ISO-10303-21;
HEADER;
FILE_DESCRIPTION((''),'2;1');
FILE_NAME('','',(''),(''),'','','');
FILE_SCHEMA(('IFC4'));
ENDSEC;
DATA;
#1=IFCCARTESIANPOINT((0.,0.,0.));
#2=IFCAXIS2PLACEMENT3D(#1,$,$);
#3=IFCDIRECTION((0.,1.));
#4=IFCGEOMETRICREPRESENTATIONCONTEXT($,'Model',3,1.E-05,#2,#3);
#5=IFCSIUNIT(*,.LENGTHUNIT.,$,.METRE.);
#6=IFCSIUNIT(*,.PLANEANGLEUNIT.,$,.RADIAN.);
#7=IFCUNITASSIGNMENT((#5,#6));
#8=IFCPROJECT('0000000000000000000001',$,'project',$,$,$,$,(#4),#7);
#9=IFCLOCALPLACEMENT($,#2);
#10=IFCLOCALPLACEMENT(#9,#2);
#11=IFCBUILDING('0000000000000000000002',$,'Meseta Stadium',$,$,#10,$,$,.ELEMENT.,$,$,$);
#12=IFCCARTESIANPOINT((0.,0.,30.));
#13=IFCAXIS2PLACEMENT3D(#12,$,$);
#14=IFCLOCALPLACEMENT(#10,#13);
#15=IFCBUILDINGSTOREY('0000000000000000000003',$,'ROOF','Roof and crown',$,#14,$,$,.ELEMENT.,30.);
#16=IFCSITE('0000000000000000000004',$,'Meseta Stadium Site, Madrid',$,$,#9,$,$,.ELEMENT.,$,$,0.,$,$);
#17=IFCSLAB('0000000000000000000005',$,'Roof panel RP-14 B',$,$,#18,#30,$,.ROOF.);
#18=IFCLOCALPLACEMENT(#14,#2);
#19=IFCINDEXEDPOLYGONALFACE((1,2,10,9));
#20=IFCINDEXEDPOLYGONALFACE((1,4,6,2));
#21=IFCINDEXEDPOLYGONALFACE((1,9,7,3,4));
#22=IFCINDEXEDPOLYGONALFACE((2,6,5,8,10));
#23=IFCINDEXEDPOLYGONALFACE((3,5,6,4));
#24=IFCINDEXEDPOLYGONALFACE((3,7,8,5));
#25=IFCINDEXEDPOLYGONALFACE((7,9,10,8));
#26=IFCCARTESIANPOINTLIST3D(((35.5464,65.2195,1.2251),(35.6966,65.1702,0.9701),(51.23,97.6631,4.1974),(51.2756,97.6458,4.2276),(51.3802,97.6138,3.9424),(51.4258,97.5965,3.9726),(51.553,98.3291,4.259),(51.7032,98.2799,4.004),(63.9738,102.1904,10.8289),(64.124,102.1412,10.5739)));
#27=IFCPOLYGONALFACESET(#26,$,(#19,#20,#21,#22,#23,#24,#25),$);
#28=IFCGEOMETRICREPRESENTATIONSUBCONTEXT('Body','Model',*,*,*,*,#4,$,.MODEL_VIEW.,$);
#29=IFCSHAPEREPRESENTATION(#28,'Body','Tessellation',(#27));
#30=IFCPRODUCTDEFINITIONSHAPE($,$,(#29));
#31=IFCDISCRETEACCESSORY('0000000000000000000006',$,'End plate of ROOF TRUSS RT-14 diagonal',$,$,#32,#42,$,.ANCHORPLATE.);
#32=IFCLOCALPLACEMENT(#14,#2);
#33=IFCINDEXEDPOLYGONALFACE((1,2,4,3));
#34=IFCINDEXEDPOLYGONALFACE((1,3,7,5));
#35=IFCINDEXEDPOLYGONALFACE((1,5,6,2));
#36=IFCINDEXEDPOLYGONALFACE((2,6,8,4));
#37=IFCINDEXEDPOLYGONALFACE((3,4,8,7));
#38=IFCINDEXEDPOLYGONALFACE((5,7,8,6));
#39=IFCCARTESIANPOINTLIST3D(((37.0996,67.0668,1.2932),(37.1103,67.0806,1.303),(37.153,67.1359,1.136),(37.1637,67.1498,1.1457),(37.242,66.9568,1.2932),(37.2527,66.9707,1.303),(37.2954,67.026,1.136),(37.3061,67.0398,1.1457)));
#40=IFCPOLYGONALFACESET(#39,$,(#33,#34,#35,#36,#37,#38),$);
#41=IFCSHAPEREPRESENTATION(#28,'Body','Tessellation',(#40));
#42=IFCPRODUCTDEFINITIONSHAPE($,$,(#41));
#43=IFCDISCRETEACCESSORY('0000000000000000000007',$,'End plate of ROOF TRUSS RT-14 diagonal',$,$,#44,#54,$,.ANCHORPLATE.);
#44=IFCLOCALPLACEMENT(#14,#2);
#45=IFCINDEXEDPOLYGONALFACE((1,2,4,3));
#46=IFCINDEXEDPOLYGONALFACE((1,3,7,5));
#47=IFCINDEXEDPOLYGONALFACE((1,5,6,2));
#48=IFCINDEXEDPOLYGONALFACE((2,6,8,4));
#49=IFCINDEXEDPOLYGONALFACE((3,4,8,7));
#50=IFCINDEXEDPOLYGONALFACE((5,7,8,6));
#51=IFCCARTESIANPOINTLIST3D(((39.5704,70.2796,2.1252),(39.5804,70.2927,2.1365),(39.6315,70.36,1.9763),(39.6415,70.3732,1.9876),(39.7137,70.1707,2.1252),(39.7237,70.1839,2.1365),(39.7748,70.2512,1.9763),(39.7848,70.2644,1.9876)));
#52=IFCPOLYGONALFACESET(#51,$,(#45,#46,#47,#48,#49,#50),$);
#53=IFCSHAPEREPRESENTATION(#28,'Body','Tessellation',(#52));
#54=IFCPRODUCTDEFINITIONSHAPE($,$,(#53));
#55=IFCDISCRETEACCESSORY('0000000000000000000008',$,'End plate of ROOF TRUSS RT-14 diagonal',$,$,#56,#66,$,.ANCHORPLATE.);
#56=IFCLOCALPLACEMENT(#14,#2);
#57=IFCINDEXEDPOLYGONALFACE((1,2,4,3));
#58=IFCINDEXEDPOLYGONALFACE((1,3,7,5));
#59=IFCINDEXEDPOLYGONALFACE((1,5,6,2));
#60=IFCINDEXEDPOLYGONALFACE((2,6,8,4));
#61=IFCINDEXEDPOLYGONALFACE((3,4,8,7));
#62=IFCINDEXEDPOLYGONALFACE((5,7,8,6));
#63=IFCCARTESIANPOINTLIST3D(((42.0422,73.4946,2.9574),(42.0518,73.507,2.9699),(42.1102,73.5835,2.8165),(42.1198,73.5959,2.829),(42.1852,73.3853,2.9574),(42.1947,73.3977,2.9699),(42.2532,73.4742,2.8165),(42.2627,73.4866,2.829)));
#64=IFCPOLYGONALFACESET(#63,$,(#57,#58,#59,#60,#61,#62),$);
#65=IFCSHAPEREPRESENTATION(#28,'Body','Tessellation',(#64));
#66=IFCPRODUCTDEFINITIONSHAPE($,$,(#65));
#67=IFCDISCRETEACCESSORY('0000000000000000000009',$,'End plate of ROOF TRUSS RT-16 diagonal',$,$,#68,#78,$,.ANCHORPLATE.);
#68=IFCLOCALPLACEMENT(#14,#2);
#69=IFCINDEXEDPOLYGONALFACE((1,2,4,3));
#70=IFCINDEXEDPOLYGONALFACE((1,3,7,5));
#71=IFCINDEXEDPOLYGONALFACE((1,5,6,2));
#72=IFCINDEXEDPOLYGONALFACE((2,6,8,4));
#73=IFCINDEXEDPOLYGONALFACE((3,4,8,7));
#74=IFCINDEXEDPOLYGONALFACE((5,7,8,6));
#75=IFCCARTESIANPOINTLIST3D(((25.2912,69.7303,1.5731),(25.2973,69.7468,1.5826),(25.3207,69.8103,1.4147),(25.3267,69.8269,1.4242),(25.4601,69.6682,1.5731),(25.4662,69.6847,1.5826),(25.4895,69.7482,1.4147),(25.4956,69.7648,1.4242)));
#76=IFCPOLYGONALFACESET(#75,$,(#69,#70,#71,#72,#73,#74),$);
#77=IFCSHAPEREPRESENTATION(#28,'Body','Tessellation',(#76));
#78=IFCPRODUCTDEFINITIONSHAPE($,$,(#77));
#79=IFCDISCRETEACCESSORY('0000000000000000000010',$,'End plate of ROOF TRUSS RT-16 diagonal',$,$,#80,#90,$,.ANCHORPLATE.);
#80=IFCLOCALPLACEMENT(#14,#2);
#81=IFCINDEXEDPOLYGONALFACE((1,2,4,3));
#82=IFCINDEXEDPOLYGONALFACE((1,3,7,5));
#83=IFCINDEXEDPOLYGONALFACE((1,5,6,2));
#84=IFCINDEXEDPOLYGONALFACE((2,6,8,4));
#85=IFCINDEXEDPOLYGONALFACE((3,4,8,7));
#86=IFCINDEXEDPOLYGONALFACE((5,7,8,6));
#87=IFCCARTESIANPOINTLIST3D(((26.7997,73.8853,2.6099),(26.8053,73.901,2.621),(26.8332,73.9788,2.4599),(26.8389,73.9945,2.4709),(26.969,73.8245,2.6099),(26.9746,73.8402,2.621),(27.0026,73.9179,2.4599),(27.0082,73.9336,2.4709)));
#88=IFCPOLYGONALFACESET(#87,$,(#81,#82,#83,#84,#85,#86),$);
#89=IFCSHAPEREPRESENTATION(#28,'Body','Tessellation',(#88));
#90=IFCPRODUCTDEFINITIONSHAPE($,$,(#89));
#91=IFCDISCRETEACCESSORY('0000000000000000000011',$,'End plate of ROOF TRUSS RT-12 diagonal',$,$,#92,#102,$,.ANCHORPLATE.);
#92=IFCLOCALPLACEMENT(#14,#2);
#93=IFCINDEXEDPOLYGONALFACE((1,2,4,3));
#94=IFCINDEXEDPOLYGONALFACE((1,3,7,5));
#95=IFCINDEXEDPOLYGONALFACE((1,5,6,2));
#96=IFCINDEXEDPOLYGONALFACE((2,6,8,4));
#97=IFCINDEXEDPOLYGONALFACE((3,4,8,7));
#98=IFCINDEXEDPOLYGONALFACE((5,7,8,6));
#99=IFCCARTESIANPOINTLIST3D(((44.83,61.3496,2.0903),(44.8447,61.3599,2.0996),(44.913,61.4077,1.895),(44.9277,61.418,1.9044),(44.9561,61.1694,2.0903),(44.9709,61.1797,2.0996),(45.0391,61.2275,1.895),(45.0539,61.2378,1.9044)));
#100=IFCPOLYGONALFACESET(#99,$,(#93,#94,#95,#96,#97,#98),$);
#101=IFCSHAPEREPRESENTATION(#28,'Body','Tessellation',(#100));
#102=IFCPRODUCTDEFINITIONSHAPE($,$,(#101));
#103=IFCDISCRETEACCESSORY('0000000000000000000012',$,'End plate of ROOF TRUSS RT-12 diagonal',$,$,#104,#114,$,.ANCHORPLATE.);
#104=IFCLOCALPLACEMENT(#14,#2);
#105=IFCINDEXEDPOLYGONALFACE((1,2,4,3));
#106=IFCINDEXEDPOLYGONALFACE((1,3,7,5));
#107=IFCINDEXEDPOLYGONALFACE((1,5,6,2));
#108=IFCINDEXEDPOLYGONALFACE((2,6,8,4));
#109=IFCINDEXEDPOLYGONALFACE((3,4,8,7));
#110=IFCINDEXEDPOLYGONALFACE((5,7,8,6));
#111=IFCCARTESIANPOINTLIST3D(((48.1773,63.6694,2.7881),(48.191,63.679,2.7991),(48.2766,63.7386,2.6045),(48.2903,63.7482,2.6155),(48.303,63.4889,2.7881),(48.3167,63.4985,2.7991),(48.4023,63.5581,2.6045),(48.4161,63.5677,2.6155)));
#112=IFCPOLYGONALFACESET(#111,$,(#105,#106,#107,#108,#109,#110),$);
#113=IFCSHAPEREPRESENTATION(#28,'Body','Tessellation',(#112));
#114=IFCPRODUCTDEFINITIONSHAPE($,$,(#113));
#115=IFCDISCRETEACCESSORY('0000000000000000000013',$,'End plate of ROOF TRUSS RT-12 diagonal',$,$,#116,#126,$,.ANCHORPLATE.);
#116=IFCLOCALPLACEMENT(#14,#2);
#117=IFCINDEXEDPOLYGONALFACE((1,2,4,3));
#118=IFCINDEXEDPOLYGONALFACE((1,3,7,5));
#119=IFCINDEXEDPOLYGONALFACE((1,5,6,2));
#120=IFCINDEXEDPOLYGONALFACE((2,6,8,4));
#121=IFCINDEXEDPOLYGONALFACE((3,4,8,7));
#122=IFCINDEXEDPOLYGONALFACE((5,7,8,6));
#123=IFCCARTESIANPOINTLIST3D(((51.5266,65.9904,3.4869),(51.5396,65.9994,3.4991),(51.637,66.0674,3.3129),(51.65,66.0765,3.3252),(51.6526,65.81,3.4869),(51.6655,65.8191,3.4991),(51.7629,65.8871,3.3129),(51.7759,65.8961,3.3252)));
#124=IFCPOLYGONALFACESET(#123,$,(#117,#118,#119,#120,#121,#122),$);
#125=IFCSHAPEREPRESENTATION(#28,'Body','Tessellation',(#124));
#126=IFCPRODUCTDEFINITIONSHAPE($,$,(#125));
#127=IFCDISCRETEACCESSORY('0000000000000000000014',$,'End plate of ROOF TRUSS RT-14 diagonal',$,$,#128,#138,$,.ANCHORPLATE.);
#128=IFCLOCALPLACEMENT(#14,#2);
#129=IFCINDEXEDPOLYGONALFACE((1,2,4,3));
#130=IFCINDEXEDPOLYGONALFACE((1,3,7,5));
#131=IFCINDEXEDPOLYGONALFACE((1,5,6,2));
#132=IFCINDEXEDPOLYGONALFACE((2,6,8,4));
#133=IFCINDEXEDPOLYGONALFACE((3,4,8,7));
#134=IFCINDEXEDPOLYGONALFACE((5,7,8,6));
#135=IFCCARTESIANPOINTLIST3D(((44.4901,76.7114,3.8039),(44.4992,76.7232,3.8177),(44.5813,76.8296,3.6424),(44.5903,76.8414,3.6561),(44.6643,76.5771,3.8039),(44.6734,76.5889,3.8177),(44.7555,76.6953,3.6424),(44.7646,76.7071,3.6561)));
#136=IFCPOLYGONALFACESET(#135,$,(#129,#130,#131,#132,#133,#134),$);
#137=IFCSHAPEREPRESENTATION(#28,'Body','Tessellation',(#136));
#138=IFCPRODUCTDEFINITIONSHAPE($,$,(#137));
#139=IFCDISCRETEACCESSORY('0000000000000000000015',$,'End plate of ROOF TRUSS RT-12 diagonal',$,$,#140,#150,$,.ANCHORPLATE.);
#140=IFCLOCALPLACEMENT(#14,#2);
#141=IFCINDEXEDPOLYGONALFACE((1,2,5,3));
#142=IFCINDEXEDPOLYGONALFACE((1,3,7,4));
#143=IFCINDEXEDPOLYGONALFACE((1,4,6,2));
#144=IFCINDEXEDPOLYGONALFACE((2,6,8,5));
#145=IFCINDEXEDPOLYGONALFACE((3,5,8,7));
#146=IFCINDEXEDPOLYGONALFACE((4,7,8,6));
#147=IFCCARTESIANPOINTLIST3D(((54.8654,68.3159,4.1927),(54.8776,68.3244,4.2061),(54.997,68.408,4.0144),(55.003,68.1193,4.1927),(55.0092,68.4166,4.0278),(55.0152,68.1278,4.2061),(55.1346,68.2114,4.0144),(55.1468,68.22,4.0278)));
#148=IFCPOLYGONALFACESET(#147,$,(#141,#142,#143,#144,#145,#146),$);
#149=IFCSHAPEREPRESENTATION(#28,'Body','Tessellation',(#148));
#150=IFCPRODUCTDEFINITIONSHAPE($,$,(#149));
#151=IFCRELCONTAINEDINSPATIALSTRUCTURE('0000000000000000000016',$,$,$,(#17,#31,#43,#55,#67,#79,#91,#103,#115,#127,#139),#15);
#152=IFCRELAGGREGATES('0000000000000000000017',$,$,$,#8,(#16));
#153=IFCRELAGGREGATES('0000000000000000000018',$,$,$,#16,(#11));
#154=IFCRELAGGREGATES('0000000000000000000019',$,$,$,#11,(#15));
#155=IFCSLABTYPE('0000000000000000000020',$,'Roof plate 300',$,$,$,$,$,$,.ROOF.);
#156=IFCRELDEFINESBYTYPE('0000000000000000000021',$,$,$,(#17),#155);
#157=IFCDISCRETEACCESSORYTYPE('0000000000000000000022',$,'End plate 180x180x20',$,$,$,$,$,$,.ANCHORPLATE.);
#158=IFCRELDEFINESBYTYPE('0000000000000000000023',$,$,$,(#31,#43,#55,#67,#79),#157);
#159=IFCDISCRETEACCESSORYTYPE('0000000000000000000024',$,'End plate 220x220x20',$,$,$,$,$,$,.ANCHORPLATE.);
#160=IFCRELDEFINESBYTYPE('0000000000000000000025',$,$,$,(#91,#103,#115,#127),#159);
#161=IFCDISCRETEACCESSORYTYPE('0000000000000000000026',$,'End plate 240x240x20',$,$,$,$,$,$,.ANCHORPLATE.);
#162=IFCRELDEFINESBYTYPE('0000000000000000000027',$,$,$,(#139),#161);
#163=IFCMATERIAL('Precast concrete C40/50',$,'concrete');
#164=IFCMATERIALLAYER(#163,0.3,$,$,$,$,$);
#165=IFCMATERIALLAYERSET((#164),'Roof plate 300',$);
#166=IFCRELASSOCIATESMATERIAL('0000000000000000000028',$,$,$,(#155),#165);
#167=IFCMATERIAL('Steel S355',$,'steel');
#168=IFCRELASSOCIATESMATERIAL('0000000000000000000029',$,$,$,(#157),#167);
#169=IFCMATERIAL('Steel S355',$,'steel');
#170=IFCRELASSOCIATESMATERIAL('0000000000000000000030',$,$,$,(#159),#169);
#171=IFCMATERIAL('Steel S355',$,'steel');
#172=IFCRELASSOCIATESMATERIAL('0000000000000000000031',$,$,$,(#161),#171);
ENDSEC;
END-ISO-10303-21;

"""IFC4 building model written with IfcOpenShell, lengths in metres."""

from ifc_helpers import new_model, si_unit, direction, frame, origin, origin_2d, place, context, subcontext, project, spatial, polyline, rectangle, outline, extrude, material, layer, layer_set, material_profile, profile_set, type_object, element, save


model = new_model("IFC4")

# Units and contexts
model_context = context("Model", 3, precision=1e-05, world=origin(), true_north=direction((0.0, 1.0)))
body_context = subcontext(model_context, "Body", "Model", "MODEL_VIEW")
ifc_project = project(units=[si_unit("LENGTHUNIT", "METRE"), si_unit("PLANEANGLEUNIT", "RADIAN")], contexts=[model_context])

# Site, building, storey
site_placement = place(None, origin())
site = spatial("IfcSite", under=ifc_project, at=site_placement, Name="Meseta Stadium Site, Madrid", CompositionType="ELEMENT", RefElevation=0.0)
building_placement = place(site_placement, origin())
building = spatial("IfcBuilding", under=site, at=building_placement, Name="Meseta Stadium", CompositionType="ELEMENT")
storey_placement = place(building_placement, frame((0.0, 0.0, 30.0)))
storey = spatial("IfcBuildingStorey", under=building, at=storey_placement, Name="ROOF", Description="Roof and crown", CompositionType="ELEMENT", Elevation=30.0)

# Slab
ifc_material_1 = material(Name="Precast concrete C40/50", Category="concrete")
ifc_layer = layer(ifc_material_1, 0.3)
ifc_layer_set = layer_set([ifc_layer], Name="Roof plate 300")
slab_type = type_object("IfcSlabType", Name="Roof plate 300", PredefinedType="ROOF", material=ifc_layer_set)
slab_1_placement = place(storey_placement, frame((35.5464, 65.2195, 1.2251), z_axis=(-0.500609, 0.16413, 0.849972), x_axis=(0.597025, 0.776453, 0.201697)))
element("IfcSlab", 1, at=slab_1_placement, inside=storey, type_object=slab_type, Name="Roof panel RP-14 B", PredefinedType="ROOF", context=body_context, shape_type="SweptSolid", body=[
    extrude(outline(polyline([(0.0, 0.0), (47.6152, 0.0), (35.8763, 8.6343), (35.154, 8.4615), (35.1738, 8.4077), (0.0, 0.0)])), origin(), (0.0, 0.0, -1.0), 0.3),
])

# Discrete accessories
ifc_material_2 = material(Name="Steel S355", Category="steel")
ifc_material_profile_1 = material_profile(ifc_material_2, rectangle(XDim=0.1799, YDim=0.1799, at=origin_2d()), Name="PL 180x180")
ifc_profile_set_1 = profile_set([ifc_material_profile_1], Name="Steel S355")
discrete_accessory_type_1 = type_object("IfcDiscreteAccessoryType", Name="End plate 180x180x20", PredefinedType="ANCHORPLATE", material=ifc_profile_set_1)
for number, where, z_axis, x_axis, name in (
    (2, (37.1975, 67.0464, 1.2146), (0.534168, 0.69199, 0.485607), (-0.79159, 0.611052, 0.0), "End plate of ROOF TRUSS RT-14 diagonal"),
    (3, (39.6726, 70.2654, 2.0508), (0.500409, 0.659076, 0.561435), (-0.796446, 0.604709, 0.0), "End plate of ROOF TRUSS RT-14 diagonal"),
    (4, (42.1477, 73.4844, 2.887), (0.475645, 0.621997, 0.621997), (-0.794358, 0.60745, 0.0), "End plate of ROOF TRUSS RT-14 diagonal"),
    (5, (25.3904, 69.7393, 1.4939), (0.303841, 0.826446, 0.473991), (-0.938579, 0.345066, 0.0), "End plate of ROOF TRUSS RT-16 diagonal"),
    (6, (26.9011, 73.9016, 2.5349), (0.282044, 0.784818, 0.551825), (-0.941075, 0.338199, 0.0), "End plate of ROOF TRUSS RT-16 diagonal"),
):
    element("IfcDiscreteAccessory", number, at=place(storey_placement, frame(where, z_axis=z_axis, x_axis=x_axis)), inside=storey, type_object=discrete_accessory_type_1, Name=name, PredefinedType="ANCHORPLATE", context=body_context, shape_type="SweptSolid", body=[
        extrude(rectangle(XDim=0.1799, YDim=0.1799, at=origin_2d()), origin(), (0.0, 0.0, 1.0), 0.02),
    ])
ifc_material_3 = material(Name="Steel S355", Category="steel")
ifc_material_profile_2 = material_profile(ifc_material_3, rectangle(XDim=0.22, YDim=0.22, at=origin_2d()), Name="PL 220x220")
ifc_profile_set_2 = profile_set([ifc_material_profile_2], Name="Steel S355")
discrete_accessory_type_2 = type_object("IfcDiscreteAccessoryType", Name="End plate 220x220x20", PredefinedType="ANCHORPLATE", material=ifc_profile_set_2)
discrete_accessory_1_placement = place(storey_placement, frame((44.9346, 61.2886, 1.9927), z_axis=(0.727179, 0.509025, 0.460547), x_axis=(-0.573462, 0.819232, 0.0)))
element("IfcDiscreteAccessory", 7, at=discrete_accessory_1_placement, inside=storey, type_object=discrete_accessory_type_2, Name="End plate of ROOF TRUSS RT-12 diagonal", PredefinedType="ANCHORPLATE", context=body_context, shape_type="SweptSolid", body=[
    extrude(rectangle(XDim=0.22, YDim=0.22, at=origin_2d()), origin(), (0.0, 0.0, 1.0), 0.0203),
])
for number, where, z_axis, x_axis, name in (
    (8, (48.2898, 63.6138, 2.6963), (0.68507, 0.477102, 0.550502), (-0.571494, 0.820606, 0.0), "End plate of ROOF TRUSS RT-12 diagonal"),
    (9, (51.6448, 65.9387, 3.3999), (0.648564, 0.452771, 0.611853), (-0.572424, 0.819958, 0.0), "End plate of ROOF TRUSS RT-12 diagonal"),
):
    element("IfcDiscreteAccessory", number, at=place(storey_placement, frame(where, z_axis=z_axis, x_axis=x_axis)), inside=storey, type_object=discrete_accessory_type_2, Name=name, PredefinedType="ANCHORPLATE", context=body_context, shape_type="SweptSolid", body=[
        extrude(rectangle(XDim=0.22, YDim=0.22, at=origin_2d()), origin(), (0.0, 0.0, 1.0), 0.02),
    ])
discrete_accessory_2_placement = place(storey_placement, frame((44.6228, 76.7034, 3.7231), z_axis=(0.448394, 0.581701, 0.678651), x_axis=(-0.79201, 0.610508, 0.0)))
element("IfcDiscreteAccessory", 10, at=discrete_accessory_2_placement, inside=storey, type_object=discrete_accessory_type_2, Name="End plate of ROOF TRUSS RT-14 diagonal", PredefinedType="ANCHORPLATE", context=body_context, shape_type="SweptSolid", body=[
    extrude(rectangle(XDim=0.22, YDim=0.22, at=origin_2d()), origin(), (0.0, 0.0, 1.0), 0.0203),
])
ifc_material_4 = material(Name="Steel S355", Category="steel")
ifc_material_profile_3 = material_profile(ifc_material_4, rectangle(XDim=0.24, YDim=0.24, at=origin_2d()), Name="PL 240x240")
ifc_profile_set_3 = profile_set([ifc_material_profile_3], Name="Steel S355")
discrete_accessory_type_3 = type_object("IfcDiscreteAccessoryType", Name="End plate 240x240x20", PredefinedType="ANCHORPLATE", material=ifc_profile_set_3)
discrete_accessory_3_placement = place(storey_placement, frame((55.0, 68.2637, 4.1035), z_axis=(0.608581, 0.426006, 0.669439), x_axis=(-0.573462, 0.819232, 0.0)))
element("IfcDiscreteAccessory", 11, at=discrete_accessory_3_placement, inside=storey, type_object=discrete_accessory_type_3, Name="End plate of ROOF TRUSS RT-12 diagonal", PredefinedType="ANCHORPLATE", context=body_context, shape_type="SweptSolid", body=[
    extrude(rectangle(XDim=0.24, YDim=0.24, at=origin_2d()), origin(), (0.0, 0.0, 1.0), 0.02),
])

save(model, "model.ifc")
